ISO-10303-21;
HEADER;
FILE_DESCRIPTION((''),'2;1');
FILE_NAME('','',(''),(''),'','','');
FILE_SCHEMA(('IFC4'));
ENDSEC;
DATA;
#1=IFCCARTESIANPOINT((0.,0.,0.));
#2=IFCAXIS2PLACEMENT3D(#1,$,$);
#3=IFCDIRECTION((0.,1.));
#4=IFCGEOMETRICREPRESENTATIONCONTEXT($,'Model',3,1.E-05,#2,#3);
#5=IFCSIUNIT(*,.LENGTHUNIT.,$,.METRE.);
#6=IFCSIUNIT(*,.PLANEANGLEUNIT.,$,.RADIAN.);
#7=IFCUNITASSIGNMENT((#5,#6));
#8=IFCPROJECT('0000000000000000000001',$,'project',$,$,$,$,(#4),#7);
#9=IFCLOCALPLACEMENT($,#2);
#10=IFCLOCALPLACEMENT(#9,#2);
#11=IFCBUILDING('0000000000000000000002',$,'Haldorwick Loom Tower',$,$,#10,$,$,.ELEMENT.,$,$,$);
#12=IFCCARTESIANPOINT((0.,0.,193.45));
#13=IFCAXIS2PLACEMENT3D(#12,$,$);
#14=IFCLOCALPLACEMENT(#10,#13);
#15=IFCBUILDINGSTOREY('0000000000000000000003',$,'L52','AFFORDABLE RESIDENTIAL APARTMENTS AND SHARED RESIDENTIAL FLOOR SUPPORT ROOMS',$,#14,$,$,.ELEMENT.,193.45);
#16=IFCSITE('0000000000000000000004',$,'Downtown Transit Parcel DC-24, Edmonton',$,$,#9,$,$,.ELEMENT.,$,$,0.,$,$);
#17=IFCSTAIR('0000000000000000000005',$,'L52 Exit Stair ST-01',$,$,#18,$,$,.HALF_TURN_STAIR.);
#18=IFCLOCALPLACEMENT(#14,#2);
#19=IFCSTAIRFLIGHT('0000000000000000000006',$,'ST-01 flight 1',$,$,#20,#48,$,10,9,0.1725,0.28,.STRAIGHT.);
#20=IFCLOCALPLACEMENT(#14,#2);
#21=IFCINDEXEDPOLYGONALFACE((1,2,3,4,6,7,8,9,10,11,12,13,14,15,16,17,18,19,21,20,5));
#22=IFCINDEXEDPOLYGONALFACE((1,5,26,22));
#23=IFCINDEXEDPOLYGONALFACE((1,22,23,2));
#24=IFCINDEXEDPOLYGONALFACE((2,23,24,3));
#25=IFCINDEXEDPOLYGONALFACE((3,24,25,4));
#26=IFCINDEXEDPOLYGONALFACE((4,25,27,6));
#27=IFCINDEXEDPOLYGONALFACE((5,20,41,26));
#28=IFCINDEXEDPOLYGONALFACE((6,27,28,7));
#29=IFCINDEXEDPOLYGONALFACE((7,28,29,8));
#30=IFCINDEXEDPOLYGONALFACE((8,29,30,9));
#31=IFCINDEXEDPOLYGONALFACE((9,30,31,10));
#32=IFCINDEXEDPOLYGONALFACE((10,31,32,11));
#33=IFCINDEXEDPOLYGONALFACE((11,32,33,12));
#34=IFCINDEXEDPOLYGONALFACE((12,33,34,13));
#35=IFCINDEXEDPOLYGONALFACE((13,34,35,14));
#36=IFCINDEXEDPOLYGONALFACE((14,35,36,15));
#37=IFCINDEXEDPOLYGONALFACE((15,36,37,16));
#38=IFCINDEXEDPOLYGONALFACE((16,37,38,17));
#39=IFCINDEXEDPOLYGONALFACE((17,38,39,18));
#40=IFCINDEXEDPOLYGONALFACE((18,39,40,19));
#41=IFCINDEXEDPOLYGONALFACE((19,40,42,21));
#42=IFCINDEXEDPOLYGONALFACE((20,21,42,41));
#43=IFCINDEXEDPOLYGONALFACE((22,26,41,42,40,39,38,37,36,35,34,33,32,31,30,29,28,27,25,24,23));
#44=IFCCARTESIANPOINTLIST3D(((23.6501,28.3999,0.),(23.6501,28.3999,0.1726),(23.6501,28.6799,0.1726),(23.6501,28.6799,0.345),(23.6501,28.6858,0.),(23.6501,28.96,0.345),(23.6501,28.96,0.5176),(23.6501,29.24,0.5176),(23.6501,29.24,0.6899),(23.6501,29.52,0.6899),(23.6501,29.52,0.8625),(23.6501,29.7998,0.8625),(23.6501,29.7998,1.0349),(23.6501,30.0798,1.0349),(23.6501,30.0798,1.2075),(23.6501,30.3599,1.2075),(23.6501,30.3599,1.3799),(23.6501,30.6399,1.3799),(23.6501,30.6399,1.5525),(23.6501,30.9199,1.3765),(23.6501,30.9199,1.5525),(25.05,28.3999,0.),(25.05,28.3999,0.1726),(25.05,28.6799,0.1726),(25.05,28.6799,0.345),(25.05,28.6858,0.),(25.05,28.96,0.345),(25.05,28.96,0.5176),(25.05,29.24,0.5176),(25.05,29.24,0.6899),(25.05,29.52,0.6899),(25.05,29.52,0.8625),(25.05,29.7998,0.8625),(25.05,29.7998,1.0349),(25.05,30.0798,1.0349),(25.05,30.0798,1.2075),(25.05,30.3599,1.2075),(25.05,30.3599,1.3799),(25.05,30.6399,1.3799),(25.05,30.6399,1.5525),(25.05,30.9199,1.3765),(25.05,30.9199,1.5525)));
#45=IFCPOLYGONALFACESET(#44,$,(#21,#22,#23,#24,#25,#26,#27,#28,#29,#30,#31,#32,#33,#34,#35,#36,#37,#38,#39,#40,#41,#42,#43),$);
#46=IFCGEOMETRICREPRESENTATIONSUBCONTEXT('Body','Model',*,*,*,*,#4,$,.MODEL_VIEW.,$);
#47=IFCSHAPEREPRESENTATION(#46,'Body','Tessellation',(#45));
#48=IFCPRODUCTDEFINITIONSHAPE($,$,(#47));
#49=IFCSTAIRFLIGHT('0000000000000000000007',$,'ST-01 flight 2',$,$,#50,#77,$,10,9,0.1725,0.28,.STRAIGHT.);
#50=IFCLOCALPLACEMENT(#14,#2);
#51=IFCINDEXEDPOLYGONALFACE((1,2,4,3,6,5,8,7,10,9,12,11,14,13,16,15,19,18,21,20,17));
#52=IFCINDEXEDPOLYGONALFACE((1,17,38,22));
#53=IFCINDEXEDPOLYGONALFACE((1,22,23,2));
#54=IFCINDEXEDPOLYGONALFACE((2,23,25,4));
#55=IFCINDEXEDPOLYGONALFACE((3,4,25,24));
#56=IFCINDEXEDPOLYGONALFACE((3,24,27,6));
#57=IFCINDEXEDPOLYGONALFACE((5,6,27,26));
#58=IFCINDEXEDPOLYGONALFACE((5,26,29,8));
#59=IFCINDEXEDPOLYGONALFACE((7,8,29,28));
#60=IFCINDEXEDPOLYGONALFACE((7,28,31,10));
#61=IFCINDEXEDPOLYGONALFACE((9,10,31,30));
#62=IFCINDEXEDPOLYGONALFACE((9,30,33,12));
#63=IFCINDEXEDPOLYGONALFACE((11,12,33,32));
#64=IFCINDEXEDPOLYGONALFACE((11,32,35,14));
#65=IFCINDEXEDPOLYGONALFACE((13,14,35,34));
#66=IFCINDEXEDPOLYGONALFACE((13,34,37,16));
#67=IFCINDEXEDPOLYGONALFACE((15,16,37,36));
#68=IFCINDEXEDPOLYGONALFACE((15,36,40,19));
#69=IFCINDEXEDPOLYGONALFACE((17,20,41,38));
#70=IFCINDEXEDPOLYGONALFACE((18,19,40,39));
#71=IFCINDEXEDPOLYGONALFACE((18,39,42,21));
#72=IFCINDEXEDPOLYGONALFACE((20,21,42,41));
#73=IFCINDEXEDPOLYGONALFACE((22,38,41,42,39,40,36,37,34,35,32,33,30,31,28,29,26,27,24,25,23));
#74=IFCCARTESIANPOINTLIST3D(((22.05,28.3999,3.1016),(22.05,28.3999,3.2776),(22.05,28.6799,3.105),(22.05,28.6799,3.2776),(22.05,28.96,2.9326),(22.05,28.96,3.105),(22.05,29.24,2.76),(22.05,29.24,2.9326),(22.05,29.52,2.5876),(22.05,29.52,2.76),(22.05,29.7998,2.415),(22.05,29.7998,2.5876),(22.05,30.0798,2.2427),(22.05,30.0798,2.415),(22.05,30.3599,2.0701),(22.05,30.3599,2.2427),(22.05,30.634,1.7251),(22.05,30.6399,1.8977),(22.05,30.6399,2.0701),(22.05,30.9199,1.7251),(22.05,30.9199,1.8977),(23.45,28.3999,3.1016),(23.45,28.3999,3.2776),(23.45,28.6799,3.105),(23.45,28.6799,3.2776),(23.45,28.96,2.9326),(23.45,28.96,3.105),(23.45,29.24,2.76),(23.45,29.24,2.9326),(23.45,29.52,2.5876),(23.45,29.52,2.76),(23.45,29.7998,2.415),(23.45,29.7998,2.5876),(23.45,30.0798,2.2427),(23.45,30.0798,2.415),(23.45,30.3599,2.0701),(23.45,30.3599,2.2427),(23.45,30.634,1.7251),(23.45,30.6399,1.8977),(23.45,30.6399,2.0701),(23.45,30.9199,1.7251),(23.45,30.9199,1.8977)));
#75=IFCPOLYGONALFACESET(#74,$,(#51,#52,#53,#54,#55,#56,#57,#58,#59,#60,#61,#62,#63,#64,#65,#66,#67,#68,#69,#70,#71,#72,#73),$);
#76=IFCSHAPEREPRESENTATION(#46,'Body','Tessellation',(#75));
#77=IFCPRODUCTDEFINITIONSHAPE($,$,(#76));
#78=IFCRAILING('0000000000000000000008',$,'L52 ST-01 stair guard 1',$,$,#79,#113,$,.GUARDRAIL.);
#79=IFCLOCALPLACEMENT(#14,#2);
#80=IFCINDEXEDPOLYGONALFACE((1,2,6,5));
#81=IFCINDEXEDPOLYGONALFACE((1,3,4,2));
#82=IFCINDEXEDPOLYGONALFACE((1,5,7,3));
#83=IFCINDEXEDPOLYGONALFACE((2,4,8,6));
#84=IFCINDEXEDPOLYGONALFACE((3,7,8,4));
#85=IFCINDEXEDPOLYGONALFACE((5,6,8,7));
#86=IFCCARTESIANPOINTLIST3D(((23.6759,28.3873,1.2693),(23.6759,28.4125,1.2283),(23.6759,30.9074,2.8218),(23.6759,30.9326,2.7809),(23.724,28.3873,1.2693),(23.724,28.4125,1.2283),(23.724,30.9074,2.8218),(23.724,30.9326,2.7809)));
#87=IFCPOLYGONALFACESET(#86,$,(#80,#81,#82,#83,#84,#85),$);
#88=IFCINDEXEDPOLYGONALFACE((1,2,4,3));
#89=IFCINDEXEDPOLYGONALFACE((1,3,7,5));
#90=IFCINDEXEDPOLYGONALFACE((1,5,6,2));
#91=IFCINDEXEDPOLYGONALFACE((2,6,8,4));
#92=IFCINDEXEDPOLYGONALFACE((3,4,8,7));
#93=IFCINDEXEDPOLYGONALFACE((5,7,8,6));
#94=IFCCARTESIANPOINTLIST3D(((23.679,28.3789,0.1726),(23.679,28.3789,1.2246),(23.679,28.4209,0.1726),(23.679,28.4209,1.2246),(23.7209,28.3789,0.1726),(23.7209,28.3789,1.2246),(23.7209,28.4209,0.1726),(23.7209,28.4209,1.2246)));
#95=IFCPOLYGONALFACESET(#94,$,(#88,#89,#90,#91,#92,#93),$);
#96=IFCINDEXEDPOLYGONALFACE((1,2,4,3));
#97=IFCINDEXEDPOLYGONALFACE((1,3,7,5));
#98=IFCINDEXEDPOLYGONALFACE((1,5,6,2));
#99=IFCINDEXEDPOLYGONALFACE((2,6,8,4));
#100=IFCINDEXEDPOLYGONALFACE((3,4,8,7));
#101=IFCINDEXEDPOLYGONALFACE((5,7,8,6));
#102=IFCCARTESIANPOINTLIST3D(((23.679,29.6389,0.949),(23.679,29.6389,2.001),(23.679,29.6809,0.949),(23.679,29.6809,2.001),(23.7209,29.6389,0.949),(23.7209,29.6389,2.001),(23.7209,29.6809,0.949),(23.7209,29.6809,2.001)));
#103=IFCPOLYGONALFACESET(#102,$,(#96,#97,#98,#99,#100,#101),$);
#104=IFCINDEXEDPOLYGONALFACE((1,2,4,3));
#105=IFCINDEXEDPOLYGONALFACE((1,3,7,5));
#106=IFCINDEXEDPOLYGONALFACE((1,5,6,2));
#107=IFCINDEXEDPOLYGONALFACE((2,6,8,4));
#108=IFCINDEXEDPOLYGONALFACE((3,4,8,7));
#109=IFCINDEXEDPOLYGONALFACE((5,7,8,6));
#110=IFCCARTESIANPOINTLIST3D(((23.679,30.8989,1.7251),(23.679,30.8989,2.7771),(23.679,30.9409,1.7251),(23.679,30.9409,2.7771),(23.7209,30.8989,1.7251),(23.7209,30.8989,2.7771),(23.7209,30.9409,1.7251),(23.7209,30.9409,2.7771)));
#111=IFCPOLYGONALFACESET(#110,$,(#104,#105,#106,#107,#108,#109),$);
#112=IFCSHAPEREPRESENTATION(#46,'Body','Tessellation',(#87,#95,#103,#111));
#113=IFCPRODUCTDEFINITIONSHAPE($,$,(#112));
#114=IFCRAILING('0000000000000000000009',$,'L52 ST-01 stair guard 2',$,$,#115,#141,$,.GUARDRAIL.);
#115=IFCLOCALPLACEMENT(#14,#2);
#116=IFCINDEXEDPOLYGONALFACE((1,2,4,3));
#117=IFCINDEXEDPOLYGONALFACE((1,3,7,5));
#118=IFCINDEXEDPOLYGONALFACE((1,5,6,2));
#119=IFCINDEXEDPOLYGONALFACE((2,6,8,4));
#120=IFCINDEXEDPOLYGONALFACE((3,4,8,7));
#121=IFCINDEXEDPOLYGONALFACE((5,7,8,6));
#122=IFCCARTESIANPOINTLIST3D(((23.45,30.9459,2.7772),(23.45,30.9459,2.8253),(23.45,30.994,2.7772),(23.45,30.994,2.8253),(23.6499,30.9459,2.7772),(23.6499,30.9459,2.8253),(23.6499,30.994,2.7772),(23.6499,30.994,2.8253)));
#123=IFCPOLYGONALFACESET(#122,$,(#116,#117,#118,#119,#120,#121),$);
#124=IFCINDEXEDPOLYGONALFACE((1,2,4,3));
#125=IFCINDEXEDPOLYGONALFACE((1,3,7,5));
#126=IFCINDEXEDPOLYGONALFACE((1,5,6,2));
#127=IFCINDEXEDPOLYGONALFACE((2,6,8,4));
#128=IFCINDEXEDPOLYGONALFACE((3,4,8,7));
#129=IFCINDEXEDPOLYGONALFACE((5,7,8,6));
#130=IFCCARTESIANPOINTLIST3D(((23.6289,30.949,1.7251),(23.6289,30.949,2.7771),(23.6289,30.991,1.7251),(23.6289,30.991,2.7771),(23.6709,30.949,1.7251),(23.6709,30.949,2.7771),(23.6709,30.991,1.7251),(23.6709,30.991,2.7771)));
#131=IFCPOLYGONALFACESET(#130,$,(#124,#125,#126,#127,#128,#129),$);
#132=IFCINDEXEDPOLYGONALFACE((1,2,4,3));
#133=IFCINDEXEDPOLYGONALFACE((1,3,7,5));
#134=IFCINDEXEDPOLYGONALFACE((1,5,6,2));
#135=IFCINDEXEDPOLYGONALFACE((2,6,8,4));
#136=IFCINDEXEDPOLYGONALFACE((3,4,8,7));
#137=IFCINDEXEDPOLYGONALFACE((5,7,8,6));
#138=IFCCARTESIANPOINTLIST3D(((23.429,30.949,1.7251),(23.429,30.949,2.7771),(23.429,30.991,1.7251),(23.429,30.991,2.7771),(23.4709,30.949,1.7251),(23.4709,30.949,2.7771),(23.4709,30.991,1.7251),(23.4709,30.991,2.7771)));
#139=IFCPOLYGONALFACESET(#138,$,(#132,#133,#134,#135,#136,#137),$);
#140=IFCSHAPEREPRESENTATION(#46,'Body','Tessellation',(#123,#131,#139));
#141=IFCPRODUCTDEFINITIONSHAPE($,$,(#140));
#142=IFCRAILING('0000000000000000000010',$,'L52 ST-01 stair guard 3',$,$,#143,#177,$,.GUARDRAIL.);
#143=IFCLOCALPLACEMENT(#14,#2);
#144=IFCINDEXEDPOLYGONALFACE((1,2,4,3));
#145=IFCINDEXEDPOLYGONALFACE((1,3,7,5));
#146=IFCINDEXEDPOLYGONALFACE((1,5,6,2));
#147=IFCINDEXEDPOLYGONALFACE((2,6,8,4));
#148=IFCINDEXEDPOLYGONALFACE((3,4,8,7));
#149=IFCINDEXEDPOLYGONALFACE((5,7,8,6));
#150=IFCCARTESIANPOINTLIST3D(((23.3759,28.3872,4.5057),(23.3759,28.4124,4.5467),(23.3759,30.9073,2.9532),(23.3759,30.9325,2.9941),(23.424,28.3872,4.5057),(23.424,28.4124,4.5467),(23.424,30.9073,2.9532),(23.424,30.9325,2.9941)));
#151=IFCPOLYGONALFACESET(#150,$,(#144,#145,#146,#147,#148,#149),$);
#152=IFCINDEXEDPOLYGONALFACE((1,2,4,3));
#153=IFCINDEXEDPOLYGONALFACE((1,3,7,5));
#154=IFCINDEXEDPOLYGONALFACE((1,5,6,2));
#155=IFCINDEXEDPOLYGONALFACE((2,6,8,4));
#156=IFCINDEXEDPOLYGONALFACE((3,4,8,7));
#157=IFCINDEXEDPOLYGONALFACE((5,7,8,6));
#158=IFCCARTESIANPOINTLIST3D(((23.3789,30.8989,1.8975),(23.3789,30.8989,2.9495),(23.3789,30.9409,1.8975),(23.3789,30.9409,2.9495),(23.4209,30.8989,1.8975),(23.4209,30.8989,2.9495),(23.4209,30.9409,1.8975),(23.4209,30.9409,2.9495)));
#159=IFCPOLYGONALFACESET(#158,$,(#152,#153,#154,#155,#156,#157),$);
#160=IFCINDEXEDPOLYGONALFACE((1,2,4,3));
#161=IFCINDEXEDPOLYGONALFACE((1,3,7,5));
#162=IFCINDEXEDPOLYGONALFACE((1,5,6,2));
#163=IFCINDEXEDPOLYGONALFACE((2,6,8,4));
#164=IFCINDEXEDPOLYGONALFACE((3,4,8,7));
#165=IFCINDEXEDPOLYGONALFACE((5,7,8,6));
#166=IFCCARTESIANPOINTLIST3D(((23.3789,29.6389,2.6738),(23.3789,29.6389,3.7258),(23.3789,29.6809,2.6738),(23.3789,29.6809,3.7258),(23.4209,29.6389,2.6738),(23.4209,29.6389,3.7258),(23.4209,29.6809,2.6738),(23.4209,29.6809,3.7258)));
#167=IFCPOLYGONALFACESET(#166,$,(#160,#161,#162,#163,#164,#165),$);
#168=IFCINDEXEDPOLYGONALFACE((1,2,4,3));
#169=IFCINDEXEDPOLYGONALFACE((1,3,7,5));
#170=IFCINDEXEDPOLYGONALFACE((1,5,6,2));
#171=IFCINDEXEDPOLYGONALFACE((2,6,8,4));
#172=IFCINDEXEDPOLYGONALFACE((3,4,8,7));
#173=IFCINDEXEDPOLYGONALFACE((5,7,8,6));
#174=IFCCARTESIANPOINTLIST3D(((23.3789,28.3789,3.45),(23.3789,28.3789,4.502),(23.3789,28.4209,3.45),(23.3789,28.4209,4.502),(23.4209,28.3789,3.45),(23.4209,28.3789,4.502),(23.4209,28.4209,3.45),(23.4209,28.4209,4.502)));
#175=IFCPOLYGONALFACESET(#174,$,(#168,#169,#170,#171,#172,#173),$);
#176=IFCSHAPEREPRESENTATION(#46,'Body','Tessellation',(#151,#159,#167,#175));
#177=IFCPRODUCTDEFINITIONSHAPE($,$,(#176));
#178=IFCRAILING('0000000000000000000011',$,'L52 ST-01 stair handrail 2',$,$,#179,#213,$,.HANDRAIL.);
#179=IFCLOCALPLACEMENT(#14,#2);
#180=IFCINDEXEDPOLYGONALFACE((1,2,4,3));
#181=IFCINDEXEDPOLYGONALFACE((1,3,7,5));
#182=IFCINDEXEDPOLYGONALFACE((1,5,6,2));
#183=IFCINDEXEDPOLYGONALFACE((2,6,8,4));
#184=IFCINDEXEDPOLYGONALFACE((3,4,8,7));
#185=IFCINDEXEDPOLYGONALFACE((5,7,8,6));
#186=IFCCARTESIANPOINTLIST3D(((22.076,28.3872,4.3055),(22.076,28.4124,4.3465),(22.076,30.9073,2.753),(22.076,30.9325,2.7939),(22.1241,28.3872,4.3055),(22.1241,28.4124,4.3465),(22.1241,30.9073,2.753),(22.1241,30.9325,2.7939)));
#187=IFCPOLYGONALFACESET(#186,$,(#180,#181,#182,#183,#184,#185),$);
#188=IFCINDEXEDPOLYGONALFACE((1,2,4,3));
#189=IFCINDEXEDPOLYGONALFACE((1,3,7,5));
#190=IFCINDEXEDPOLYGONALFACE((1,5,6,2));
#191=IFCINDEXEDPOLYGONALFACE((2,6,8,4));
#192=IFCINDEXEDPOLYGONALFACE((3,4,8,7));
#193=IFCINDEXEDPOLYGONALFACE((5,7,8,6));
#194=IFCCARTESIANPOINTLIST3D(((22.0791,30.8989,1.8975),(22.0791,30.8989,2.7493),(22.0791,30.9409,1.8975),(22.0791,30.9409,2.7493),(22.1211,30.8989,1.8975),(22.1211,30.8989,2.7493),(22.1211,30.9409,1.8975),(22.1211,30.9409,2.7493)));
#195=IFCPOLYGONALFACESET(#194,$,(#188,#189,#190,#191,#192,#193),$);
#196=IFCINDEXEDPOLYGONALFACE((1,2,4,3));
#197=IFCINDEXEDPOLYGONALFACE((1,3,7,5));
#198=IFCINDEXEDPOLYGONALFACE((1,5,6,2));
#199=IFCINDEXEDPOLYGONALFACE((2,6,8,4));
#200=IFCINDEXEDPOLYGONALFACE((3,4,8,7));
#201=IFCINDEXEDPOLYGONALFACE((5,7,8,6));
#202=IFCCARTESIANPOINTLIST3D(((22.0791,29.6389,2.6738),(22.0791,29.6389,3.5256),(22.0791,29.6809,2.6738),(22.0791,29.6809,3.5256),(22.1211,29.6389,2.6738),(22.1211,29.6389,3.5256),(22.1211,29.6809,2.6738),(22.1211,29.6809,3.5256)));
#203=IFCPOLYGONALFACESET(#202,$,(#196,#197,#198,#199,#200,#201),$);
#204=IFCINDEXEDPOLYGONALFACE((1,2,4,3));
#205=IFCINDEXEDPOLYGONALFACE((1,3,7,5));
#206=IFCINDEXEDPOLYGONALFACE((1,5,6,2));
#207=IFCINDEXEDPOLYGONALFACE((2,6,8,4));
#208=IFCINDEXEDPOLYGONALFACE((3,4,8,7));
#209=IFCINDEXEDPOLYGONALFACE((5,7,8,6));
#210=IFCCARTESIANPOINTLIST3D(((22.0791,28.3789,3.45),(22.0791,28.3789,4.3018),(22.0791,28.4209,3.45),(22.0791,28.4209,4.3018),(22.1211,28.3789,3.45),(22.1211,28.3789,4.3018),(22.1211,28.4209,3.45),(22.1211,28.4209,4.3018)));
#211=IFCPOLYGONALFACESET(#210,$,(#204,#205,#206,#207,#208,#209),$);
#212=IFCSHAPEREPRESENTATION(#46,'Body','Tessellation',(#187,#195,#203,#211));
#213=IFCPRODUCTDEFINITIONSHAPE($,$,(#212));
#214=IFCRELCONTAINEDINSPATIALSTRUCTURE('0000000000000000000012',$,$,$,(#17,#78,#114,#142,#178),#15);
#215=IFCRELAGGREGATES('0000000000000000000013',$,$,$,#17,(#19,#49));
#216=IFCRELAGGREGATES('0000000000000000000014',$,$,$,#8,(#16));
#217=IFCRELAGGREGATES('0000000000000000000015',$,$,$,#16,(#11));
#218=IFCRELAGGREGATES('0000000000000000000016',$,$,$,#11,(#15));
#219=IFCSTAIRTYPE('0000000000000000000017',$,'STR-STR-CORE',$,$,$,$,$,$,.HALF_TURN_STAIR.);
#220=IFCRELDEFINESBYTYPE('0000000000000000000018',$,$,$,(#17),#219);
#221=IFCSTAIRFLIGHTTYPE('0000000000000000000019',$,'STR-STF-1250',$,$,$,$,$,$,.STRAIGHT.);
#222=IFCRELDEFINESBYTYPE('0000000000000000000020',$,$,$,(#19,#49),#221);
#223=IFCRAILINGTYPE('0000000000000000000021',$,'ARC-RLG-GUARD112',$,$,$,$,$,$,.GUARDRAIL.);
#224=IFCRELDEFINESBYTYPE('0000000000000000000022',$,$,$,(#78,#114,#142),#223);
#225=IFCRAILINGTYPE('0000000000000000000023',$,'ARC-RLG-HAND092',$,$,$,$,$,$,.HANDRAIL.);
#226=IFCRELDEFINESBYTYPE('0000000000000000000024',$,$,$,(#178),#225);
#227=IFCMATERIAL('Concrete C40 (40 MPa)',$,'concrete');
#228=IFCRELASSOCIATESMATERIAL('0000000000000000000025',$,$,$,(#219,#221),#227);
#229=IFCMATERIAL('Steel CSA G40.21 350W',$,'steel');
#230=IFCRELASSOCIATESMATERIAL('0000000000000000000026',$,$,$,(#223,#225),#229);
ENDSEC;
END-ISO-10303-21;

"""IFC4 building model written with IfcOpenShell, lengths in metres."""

from ifc_helpers import new_model, si_unit, direction, frame, origin, origin_2d, place, context, subcontext, project, spatial, polyline, rectangle, outline, extrude, material, type_object, element, aggregate, save


model = new_model("IFC4")

# Units and contexts
model_context = context("Model", 3, precision=1e-05, world=origin(), true_north=direction((0.0, 1.0)))
body_context = subcontext(model_context, "Body", "Model", "MODEL_VIEW")
ifc_project = project(units=[si_unit("LENGTHUNIT", "METRE"), si_unit("PLANEANGLEUNIT", "RADIAN")], contexts=[model_context])

# Site, building, storey
site_placement = place(None, origin())
site = spatial("IfcSite", under=ifc_project, at=site_placement, Name="Downtown Transit Parcel DC-24, Edmonton", CompositionType="ELEMENT", RefElevation=0.0)
building_placement = place(site_placement, origin())
building = spatial("IfcBuilding", under=site, at=building_placement, Name="Haldorwick Loom Tower", CompositionType="ELEMENT")
storey_placement = place(building_placement, frame((0.0, 0.0, 193.45)))
storey = spatial("IfcBuildingStorey", under=building, at=storey_placement, Name="L52", Description="AFFORDABLE RESIDENTIAL APARTMENTS AND SHARED RESIDENTIAL FLOOR SUPPORT ROOMS", CompositionType="ELEMENT", Elevation=193.45)

# Shared definitions
ifc_material_1 = material(Name="Steel CSA G40.21 350W", Category="steel")

# Stair, stair flights
ifc_material_2 = material(Name="Concrete C40 (40 MPa)", Category="concrete")
stair_type = type_object("IfcStairType", Name="STR-STR-CORE", PredefinedType="HALF_TURN_STAIR", material=ifc_material_2)
stair_placement = place(storey_placement, origin())
stair = element("IfcStair", 1, at=stair_placement, inside=storey, type_object=stair_type, Name="L52 Exit Stair ST-01", PredefinedType="HALF_TURN_STAIR")
stair_flight_type = type_object("IfcStairFlightType", Name="STR-STF-1250", PredefinedType="STRAIGHT", material=ifc_material_2)
stair_flight_1_placement = place(storey_placement, frame((24.3501, 28.3999, 0.0), z_axis=(0.0, 0.0, 1.0), x_axis=(0.0, 1.0, 0.0)))
stair_flight_1 = element("IfcStairFlight", 2, at=stair_flight_1_placement, type_object=stair_flight_type, Name="ST-01 flight 1", NumberOfRisers=10, NumberOfTreads=9, PredefinedType="STRAIGHT", RiserHeight=0.1725, TreadLength=0.28, context=body_context, shape_type="SweptSolid", body=[
    extrude(outline(polyline([(0.0, 0.0), (0.0, 0.1726), (0.28, 0.1726), (0.28, 0.345), (0.5601, 0.345), (0.5601, 0.5176), (0.8401, 0.5176), (0.8401, 0.6899), (1.1201, 0.6899), (1.1201, 0.8625), (1.3999, 0.8625), (1.3999, 1.0349), (1.6799, 1.0349), (1.6799, 1.2075), (1.96, 1.2075), (1.96, 1.3799), (2.24, 1.3799), (2.24, 1.5525), (2.52, 1.5525), (2.52, 1.7251), (2.52, 1.3765), (0.2859, 0.0), (0.0, 0.0)])), frame((0.0, 0.7, 0.0), z_axis=(0.0, -1.0, 0.0), x_axis=(1.0, 0.0, 0.0)), (0.0, 0.0, 1.0), 1.3999),
])
stair_flight_2_placement = place(storey_placement, frame((22.75, 30.9199, 1.7251), z_axis=(0.0, 0.0, 1.0), x_axis=(0.0, -1.0, 0.0)))
stair_flight_2 = element("IfcStairFlight", 3, at=stair_flight_2_placement, type_object=stair_flight_type, Name="ST-01 flight 2", NumberOfRisers=10, NumberOfTreads=9, PredefinedType="STRAIGHT", RiserHeight=0.1725, TreadLength=0.28, context=body_context, shape_type="SweptSolid", body=[
    extrude(outline(polyline([(0.0, 0.0), (0.0, 0.1726), (0.28, 0.1726), (0.28, 0.345), (0.5601, 0.345), (0.5601, 0.5176), (0.8401, 0.5176), (0.8401, 0.6899), (1.1201, 0.6899), (1.1201, 0.8625), (1.3999, 0.8625), (1.3999, 1.0349), (1.6799, 1.0349), (1.6799, 1.2075), (1.96, 1.2075), (1.96, 1.3799), (2.24, 1.3799), (2.24, 1.5525), (2.52, 1.5525), (2.52, 1.7251), (2.52, 1.3765), (0.2859, 0.0), (0.0, 0.0)])), frame((0.0, 0.7, 0.0), z_axis=(0.0, -1.0, 0.0), x_axis=(1.0, 0.0, 0.0)), (0.0, 0.0, 1.0), 1.3999),
])
aggregate(stair, [stair_flight_1, stair_flight_2])

# Railings
railing_type_1 = type_object("IfcRailingType", Name="ARC-RLG-GUARD112", PredefinedType="GUARDRAIL", material=ifc_material_1)
railing_1_placement = place(storey_placement, frame((23.7, 28.3999, 0.1726)))
element("IfcRailing", 4, at=railing_1_placement, inside=storey, type_object=railing_type_1, Name="L52 ST-01 stair guard 1", PredefinedType="GUARDRAIL", context=body_context, shape_type="SweptSolid", body=[
    extrude(rectangle(XDim=0.0481, YDim=0.0481, at=origin_2d()), frame((0.0, 0.0, 1.0762), z_axis=(0.0, 0.8514, 0.524516), x_axis=(-1.0, 0.0, 0.0)), (0.0, 0.0, 1.0), 2.96),
    extrude(rectangle(XDim=0.042, YDim=0.042, at=origin_2d()), origin(), (0.0, 0.0, 1.0), 1.052),
    extrude(rectangle(XDim=0.042, YDim=0.042, at=origin_2d()), frame((0.0, 1.26, 0.7764)), (0.0, 0.0, 1.0), 1.052),
    extrude(rectangle(XDim=0.042, YDim=0.042, at=origin_2d()), frame((0.0, 2.52, 1.5525)), (0.0, 0.0, 1.0), 1.052),
])
railing_2_placement = place(storey_placement, frame((23.6499, 30.97, 1.7251)))
element("IfcRailing", 5, at=railing_2_placement, inside=storey, type_object=railing_type_1, Name="L52 ST-01 stair guard 2", PredefinedType="GUARDRAIL", context=body_context, shape_type="SweptSolid", body=[
    extrude(rectangle(XDim=0.0481, YDim=0.0481, at=origin_2d()), frame((0.0, 0.0, 1.0762), z_axis=(-1.0, 0.0, 0.0), x_axis=(0.0, -1.0, 0.0)), (0.0, 0.0, 1.0), 0.2),
    extrude(rectangle(XDim=0.042, YDim=0.042, at=origin_2d()), origin(), (0.0, 0.0, 1.0), 1.052),
    extrude(rectangle(XDim=0.042, YDim=0.042, at=origin_2d()), frame((-0.2, 0.0, 0.0)), (0.0, 0.0, 1.0), 1.052),
])
railing_3_placement = place(storey_placement, frame((23.3999, 30.9199, 1.8975)))
element("IfcRailing", 6, at=railing_3_placement, inside=storey, type_object=railing_type_1, Name="L52 ST-01 stair guard 3", PredefinedType="GUARDRAIL", context=body_context, shape_type="SweptSolid", body=[
    extrude(rectangle(XDim=0.0481, YDim=0.0481, at=origin_2d()), frame((0.0, 0.0, 1.0762), z_axis=(0.0, -0.8514, 0.524516), x_axis=(1.0, 0.0, 0.0)), (0.0, 0.0, 1.0), 2.96),
    extrude(rectangle(XDim=0.042, YDim=0.042, at=origin_2d()), origin(), (0.0, 0.0, 1.0), 1.052),
    extrude(rectangle(XDim=0.042, YDim=0.042, at=origin_2d()), frame((0.0, -1.26, 0.7764)), (0.0, 0.0, 1.0), 1.052),
    extrude(rectangle(XDim=0.042, YDim=0.042, at=origin_2d()), frame((0.0, -2.52, 1.5525)), (0.0, 0.0, 1.0), 1.052),
])
railing_type_2 = type_object("IfcRailingType", Name="ARC-RLG-HAND092", PredefinedType="HANDRAIL", material=ifc_material_1)
railing_4_placement = place(storey_placement, frame((22.1001, 30.9199, 1.8975)))
element("IfcRailing", 7, at=railing_4_placement, inside=storey, type_object=railing_type_2, Name="L52 ST-01 stair handrail 2", PredefinedType="HANDRAIL", context=body_context, shape_type="SweptSolid", body=[
    extrude(rectangle(XDim=0.0481, YDim=0.0481, at=origin_2d()), frame((0.0, 0.0, 0.876), z_axis=(0.0, -0.8514, 0.524516), x_axis=(1.0, 0.0, 0.0)), (0.0, 0.0, 1.0), 2.96),
    extrude(rectangle(XDim=0.042, YDim=0.042, at=origin_2d()), origin(), (0.0, 0.0, 1.0), 0.8518),
    extrude(rectangle(XDim=0.042, YDim=0.042, at=origin_2d()), frame((0.0, -1.26, 0.7764)), (0.0, 0.0, 1.0), 0.8518),
    extrude(rectangle(XDim=0.042, YDim=0.042, at=origin_2d()), frame((0.0, -2.52, 1.5525)), (0.0, 0.0, 1.0), 0.8518),
])

save(model, "model.ifc")
